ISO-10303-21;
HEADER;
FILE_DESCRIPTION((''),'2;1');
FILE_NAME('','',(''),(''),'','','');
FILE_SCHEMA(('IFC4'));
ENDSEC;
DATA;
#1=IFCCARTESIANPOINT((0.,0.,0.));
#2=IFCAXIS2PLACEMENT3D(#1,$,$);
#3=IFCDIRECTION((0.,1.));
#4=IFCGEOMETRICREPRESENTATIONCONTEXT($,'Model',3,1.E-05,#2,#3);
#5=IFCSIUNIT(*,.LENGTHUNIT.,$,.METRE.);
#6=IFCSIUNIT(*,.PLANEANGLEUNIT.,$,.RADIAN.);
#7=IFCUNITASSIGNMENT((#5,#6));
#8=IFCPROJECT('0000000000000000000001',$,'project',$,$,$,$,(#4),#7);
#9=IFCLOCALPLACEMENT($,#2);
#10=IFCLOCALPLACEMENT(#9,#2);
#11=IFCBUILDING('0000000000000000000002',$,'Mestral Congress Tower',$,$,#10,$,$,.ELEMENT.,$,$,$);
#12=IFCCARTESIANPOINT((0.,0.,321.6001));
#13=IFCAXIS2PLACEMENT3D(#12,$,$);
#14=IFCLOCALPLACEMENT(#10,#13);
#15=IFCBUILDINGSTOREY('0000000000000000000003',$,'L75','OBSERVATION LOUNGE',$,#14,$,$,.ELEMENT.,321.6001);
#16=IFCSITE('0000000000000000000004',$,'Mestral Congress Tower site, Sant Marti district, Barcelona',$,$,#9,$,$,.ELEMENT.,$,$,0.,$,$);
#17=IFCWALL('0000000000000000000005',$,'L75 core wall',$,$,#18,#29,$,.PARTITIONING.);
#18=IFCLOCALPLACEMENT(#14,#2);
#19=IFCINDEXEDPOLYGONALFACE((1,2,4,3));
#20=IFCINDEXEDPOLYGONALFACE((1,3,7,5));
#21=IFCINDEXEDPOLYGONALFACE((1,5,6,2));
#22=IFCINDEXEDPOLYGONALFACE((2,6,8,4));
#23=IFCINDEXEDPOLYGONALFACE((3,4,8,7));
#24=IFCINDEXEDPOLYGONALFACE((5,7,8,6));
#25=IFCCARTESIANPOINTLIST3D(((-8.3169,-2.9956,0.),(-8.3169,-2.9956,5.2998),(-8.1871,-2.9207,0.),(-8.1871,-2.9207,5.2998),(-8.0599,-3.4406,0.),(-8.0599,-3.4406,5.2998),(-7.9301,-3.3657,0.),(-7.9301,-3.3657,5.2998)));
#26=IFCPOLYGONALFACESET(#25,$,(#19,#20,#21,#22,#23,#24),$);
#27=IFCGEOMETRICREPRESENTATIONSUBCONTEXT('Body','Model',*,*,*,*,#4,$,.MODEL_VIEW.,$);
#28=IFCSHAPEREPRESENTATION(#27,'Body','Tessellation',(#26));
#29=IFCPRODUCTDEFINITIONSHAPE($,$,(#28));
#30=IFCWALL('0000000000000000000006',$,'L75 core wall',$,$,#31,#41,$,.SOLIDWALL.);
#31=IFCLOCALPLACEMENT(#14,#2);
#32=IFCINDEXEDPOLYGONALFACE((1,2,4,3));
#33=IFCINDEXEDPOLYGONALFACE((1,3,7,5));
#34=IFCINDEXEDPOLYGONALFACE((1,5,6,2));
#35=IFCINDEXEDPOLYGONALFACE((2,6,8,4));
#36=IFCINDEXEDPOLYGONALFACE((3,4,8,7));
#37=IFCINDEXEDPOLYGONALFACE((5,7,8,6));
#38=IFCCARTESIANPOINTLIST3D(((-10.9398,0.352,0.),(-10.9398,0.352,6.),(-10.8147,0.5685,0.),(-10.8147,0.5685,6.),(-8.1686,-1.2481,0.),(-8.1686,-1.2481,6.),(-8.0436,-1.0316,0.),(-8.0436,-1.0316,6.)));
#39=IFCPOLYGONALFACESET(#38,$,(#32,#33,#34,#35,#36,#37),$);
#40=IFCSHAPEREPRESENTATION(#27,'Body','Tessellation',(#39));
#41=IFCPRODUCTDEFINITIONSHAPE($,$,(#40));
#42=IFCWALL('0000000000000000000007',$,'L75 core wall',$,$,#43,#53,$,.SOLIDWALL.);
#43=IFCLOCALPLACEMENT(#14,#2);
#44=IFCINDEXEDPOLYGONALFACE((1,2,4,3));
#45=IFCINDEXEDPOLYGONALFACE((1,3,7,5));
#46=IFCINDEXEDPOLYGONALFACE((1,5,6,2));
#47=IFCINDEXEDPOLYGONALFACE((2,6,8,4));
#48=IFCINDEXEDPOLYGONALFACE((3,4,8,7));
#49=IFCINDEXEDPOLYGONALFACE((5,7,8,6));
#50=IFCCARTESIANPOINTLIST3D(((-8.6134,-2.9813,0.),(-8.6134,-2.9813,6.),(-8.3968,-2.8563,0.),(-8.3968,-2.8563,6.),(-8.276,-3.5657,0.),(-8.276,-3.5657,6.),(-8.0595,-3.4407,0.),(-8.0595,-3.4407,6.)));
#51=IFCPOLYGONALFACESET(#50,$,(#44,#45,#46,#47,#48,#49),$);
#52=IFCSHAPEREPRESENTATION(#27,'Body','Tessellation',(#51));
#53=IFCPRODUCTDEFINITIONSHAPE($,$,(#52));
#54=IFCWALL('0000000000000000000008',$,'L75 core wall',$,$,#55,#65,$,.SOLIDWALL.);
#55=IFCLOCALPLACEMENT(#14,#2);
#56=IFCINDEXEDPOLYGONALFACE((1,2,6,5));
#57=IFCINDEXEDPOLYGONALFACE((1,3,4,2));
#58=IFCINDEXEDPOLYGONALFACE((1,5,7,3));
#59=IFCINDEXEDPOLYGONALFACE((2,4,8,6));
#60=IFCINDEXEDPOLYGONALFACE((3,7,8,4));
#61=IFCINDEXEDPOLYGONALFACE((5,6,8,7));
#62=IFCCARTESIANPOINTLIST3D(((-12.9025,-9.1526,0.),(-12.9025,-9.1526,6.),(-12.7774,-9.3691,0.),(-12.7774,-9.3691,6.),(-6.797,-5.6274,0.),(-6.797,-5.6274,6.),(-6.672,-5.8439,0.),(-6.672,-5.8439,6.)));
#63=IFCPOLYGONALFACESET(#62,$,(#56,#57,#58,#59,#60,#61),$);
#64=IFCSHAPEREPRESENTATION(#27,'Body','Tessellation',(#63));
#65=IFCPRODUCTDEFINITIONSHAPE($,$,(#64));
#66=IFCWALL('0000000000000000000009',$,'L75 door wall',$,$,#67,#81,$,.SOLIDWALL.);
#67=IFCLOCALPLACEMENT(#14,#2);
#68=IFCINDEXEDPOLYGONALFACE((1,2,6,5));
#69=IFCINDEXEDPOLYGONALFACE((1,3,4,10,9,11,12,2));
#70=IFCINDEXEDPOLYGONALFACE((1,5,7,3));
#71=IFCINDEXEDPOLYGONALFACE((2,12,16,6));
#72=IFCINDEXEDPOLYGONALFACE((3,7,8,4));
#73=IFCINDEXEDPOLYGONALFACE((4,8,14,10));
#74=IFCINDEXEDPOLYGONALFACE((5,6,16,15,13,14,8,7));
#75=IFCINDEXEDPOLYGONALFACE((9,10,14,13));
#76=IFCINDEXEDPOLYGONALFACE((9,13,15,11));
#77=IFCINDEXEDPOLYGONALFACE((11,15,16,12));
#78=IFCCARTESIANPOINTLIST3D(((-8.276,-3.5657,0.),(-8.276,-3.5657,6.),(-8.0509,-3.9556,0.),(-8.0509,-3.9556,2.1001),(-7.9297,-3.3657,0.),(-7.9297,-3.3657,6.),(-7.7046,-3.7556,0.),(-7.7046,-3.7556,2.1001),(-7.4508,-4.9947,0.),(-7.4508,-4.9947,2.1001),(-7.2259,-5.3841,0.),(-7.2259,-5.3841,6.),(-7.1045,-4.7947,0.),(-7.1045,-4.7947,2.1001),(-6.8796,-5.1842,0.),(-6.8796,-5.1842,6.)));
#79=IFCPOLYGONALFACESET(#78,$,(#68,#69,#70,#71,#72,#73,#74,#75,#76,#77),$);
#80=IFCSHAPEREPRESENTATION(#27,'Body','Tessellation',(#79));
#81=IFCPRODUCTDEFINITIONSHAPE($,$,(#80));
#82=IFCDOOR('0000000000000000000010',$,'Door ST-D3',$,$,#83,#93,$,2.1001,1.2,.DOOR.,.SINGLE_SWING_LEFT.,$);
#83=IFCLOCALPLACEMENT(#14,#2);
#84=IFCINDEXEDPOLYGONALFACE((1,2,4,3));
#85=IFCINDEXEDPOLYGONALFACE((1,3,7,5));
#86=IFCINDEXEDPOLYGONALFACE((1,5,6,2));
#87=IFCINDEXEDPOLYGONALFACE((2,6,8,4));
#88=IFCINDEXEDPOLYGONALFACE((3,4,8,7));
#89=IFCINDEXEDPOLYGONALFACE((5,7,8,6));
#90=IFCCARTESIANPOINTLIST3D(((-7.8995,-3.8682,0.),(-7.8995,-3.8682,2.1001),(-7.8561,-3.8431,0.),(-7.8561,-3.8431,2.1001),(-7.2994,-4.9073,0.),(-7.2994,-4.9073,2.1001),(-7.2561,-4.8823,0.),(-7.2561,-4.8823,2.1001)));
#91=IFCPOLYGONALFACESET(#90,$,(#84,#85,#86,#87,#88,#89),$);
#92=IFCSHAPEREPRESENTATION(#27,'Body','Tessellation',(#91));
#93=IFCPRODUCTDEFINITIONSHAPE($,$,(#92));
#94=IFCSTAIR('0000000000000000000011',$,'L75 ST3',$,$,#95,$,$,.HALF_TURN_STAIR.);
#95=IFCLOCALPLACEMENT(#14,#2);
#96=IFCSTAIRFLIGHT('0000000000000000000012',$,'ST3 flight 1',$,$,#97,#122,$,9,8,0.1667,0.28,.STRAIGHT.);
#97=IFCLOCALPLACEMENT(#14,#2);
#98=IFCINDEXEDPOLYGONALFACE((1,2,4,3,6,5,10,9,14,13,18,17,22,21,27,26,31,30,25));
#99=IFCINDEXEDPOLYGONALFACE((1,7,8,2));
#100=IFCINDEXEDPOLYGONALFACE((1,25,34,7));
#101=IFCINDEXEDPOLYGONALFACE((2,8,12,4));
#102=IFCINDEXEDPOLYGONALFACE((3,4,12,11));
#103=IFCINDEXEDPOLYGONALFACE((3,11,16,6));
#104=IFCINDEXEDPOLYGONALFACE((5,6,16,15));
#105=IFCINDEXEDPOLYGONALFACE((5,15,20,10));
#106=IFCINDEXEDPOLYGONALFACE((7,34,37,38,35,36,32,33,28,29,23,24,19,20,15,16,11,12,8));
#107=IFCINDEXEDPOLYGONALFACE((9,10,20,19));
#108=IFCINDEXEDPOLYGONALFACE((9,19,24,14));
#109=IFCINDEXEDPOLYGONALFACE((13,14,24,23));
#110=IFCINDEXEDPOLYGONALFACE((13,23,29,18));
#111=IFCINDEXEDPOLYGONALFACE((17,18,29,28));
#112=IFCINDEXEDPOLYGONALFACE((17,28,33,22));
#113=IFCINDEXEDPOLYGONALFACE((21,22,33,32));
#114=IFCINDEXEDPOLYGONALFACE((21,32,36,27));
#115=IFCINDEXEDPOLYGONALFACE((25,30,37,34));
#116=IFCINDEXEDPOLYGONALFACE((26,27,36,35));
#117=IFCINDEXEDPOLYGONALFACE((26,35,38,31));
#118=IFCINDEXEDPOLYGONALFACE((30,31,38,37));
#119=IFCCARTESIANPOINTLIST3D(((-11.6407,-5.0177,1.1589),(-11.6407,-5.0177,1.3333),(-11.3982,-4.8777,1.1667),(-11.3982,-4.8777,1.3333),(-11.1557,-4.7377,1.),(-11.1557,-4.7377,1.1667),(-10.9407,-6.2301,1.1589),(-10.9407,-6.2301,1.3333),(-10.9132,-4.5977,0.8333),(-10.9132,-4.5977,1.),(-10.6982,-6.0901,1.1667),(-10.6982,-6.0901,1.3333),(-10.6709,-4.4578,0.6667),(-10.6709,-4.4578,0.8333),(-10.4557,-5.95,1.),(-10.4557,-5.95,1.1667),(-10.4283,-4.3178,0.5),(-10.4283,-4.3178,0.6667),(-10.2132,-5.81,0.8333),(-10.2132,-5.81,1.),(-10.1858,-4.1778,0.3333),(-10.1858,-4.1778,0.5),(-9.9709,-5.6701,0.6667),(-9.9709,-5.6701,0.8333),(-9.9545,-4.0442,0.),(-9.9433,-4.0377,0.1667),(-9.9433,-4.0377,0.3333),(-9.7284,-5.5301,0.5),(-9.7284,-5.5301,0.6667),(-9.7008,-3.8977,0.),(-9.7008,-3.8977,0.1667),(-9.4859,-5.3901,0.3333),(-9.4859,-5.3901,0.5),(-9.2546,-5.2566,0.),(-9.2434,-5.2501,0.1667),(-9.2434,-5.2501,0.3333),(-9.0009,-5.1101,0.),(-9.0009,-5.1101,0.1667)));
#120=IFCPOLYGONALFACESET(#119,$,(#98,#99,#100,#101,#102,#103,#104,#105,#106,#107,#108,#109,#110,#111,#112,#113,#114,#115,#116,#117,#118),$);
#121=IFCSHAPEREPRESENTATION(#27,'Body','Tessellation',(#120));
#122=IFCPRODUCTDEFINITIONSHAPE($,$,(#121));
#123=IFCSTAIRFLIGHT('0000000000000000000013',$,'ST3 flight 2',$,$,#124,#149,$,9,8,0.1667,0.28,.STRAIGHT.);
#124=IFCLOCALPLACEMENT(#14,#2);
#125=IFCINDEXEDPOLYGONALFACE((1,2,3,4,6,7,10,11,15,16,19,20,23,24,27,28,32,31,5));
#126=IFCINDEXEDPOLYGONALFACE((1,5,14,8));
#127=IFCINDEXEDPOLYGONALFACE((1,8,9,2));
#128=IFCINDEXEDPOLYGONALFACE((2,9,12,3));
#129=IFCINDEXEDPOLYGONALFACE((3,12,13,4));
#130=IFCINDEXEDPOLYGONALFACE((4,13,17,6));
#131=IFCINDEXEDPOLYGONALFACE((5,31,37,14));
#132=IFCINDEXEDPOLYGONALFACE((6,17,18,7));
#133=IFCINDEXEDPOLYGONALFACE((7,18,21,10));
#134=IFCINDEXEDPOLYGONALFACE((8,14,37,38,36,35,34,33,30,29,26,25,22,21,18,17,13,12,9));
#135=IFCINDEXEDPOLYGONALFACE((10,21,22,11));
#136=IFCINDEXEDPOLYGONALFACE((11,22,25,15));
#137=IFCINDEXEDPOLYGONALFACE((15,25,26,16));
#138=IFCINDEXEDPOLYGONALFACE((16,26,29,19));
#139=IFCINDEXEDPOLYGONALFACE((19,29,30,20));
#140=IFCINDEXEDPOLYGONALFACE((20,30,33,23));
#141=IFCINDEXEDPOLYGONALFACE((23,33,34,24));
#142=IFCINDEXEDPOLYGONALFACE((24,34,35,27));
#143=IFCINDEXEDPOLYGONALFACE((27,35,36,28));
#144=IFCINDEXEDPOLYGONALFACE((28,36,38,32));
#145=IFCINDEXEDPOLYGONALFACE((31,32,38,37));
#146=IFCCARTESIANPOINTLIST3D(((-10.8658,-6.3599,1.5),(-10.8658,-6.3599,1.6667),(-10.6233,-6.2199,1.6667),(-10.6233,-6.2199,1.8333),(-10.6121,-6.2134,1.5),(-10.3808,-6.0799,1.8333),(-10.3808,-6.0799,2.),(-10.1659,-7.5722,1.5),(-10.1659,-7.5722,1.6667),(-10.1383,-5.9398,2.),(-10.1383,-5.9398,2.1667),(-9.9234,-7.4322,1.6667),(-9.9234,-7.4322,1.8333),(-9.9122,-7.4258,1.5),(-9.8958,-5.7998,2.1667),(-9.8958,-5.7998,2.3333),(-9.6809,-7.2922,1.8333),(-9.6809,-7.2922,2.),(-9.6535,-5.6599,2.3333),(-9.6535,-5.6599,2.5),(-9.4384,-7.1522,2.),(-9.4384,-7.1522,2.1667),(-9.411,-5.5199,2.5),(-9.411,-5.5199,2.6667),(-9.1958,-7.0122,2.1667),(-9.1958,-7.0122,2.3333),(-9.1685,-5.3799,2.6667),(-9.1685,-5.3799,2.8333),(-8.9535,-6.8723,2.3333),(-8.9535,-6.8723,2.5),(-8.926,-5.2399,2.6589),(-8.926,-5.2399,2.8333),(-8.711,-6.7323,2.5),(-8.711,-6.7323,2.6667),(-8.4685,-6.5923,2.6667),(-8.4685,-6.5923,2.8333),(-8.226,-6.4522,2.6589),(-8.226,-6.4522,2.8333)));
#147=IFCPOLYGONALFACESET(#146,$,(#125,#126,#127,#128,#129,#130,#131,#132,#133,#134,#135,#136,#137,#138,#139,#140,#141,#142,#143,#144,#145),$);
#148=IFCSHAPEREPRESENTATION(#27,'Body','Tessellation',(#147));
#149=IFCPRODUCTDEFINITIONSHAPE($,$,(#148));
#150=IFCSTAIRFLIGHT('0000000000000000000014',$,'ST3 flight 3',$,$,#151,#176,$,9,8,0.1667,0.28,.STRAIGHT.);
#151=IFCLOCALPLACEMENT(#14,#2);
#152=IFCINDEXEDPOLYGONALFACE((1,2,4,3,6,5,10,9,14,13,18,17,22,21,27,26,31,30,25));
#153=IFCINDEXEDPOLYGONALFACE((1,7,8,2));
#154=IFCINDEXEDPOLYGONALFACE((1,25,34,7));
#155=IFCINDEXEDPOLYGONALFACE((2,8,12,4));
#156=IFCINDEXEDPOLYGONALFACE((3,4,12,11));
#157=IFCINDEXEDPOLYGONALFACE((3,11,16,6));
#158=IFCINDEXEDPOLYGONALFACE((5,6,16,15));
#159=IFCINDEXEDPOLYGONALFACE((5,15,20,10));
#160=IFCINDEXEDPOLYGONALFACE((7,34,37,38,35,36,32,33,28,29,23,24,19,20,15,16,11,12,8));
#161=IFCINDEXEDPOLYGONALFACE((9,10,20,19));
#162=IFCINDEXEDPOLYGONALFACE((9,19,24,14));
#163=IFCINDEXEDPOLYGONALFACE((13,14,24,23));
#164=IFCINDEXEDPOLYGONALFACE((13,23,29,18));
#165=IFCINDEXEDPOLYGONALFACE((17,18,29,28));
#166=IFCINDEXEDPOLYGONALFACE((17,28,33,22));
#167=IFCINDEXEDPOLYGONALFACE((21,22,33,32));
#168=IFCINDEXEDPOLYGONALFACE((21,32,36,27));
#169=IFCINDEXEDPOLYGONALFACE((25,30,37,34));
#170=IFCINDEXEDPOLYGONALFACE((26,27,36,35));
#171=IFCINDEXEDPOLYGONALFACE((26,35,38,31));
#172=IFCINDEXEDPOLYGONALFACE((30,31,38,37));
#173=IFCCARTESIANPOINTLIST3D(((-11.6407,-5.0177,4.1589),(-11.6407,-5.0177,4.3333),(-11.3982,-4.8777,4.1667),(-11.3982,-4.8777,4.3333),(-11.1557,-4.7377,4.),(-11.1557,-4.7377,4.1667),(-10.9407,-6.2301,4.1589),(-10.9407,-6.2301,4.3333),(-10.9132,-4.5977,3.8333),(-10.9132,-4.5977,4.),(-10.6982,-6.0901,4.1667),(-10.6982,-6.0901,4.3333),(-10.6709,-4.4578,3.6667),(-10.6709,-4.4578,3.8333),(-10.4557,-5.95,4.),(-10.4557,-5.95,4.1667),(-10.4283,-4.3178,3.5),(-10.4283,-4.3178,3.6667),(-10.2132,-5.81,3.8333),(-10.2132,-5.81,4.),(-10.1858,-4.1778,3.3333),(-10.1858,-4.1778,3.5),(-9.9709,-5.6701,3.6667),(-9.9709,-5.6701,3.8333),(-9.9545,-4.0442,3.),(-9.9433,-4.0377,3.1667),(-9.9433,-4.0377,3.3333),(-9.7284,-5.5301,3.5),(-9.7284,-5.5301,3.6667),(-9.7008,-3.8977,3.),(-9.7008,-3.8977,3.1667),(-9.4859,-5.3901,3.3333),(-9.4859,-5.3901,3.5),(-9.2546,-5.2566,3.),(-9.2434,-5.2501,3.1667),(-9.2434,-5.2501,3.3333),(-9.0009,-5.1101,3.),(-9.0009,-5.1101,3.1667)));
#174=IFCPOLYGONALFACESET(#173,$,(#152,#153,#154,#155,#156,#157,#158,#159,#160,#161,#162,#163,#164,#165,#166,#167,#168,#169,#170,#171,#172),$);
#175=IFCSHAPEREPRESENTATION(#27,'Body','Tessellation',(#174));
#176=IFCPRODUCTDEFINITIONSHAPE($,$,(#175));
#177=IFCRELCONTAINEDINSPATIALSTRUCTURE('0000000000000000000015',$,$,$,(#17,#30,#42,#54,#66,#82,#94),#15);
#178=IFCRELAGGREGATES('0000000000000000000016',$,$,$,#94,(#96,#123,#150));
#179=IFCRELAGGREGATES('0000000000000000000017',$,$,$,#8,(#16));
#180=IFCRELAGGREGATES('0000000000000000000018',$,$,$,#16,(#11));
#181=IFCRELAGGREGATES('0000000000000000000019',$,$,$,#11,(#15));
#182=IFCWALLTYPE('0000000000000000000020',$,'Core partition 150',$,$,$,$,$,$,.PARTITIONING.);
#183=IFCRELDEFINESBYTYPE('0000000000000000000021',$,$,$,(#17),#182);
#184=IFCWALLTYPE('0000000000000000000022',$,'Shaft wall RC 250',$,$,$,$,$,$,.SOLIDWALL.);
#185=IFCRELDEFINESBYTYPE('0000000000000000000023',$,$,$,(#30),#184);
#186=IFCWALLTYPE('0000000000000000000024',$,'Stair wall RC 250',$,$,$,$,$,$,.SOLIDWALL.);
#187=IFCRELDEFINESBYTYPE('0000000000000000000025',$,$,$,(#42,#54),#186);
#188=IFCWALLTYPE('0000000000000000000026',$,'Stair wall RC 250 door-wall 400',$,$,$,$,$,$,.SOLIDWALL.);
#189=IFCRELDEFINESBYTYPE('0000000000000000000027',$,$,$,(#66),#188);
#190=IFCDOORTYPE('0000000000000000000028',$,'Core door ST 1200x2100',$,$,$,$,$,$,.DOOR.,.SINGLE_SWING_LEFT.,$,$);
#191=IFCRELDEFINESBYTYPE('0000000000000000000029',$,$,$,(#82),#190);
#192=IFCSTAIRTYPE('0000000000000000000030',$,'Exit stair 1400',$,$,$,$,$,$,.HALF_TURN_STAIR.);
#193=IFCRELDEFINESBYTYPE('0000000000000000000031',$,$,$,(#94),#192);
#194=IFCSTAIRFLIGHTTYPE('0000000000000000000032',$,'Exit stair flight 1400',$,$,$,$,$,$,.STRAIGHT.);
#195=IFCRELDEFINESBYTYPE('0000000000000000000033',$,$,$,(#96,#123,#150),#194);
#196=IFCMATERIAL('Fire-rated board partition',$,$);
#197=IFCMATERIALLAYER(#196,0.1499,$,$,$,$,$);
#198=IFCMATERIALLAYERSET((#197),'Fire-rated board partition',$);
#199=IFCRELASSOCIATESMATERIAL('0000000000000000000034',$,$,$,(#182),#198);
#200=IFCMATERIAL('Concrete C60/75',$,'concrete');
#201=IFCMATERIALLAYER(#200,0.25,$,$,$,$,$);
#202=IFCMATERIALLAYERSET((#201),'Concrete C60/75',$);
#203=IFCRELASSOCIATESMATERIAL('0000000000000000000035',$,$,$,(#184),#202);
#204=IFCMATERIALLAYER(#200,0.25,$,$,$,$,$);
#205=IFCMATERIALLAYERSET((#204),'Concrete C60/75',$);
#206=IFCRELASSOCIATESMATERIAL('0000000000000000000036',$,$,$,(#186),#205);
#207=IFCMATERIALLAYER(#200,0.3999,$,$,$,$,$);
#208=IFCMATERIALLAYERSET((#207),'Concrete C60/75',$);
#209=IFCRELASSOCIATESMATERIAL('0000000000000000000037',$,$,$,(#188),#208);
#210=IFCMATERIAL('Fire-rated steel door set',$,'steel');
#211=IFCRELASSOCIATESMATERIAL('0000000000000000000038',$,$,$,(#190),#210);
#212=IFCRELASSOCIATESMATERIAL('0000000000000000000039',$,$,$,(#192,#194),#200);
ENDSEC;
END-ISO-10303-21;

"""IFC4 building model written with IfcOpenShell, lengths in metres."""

from ifc_helpers import new_model, si_unit, direction, frame, frame_2d, origin, place, context, subcontext, project, spatial, polyline, rectangle, outline, extrude, material, layer, layer_set, type_object, element, fill, aggregate, save


model = new_model("IFC4")

# Units and contexts
model_context = context("Model", 3, precision=1e-05, world=origin(), true_north=direction((0.0, 1.0)))
body_context = subcontext(model_context, "Body", "Model", "MODEL_VIEW")
ifc_project = project(units=[si_unit("LENGTHUNIT", "METRE"), si_unit("PLANEANGLEUNIT", "RADIAN")], contexts=[model_context])

# Site, building, storey
site_placement = place(None, origin())
site = spatial("IfcSite", under=ifc_project, at=site_placement, Name="Mestral Congress Tower site, Sant Marti district, Barcelona", CompositionType="ELEMENT", RefElevation=0.0)
building_placement = place(site_placement, origin())
building = spatial("IfcBuilding", under=site, at=building_placement, Name="Mestral Congress Tower", CompositionType="ELEMENT")
storey_placement = place(building_placement, frame((0.0, 0.0, 321.6001)))
storey = spatial("IfcBuildingStorey", under=building, at=storey_placement, Name="L75", Description="OBSERVATION LOUNGE", CompositionType="ELEMENT", Elevation=321.6001)

# Walls
ifc_material_1 = material(Name="Fire-rated board partition")
ifc_layer_1 = layer(ifc_material_1, 0.1499)
ifc_layer_set_1 = layer_set([ifc_layer_1], Name="Fire-rated board partition")
wall_type_1 = type_object("IfcWallType", Name="Core partition 150", PredefinedType="PARTITIONING", material=ifc_layer_set_1)
wall_1_placement = place(storey_placement, frame((-8.252, -2.9583, 0.0), z_axis=(0.0, 0.0, 1.0), x_axis=(0.500175, -0.865925, 0.0)))
element("IfcWall", 1, at=wall_1_placement, inside=storey, type_object=wall_type_1, Name="L75 core wall", PredefinedType="PARTITIONING", context=body_context, shape_type="SweptSolid", body=[
    extrude(rectangle(XDim=0.5139, YDim=0.1499, at=frame_2d((0.2568, 0.0))), origin(), (0.0, 0.0, 1.0), 5.2998),
])
ifc_material_2 = material(Name="Concrete C60/75", Category="concrete")
ifc_layer_2 = layer(ifc_material_2, 0.25)
ifc_layer_set_2 = layer_set([ifc_layer_2], Name="Concrete C60/75")
wall_type_2 = type_object("IfcWallType", Name="Shaft wall RC 250", PredefinedType="SOLIDWALL", material=ifc_layer_set_2)
wall_2_placement = place(storey_placement, frame((-8.106, -1.1399, 0.0), z_axis=(0.0, 0.0, 1.0), x_axis=(-0.866009, 0.500028, 0.0)))
element("IfcWall", 2, at=wall_2_placement, inside=storey, type_object=wall_type_2, Name="L75 core wall", PredefinedType="SOLIDWALL", context=body_context, shape_type="SweptSolid", body=[
    extrude(rectangle(XDim=3.2, YDim=0.25, at=frame_2d((1.6001, 0.0))), origin(), (0.0, 0.0, 1.0), 6.0),
])
ifc_layer_3 = layer(ifc_material_2, 0.25)
ifc_layer_set_3 = layer_set([ifc_layer_3], Name="Concrete C60/75")
wall_type_3 = type_object("IfcWallType", Name="Stair wall RC 250", PredefinedType="SOLIDWALL", material=ifc_layer_set_3)
wall_3_placement = place(storey_placement, frame((-8.1677, -3.5032, 0.0), z_axis=(0.0, 0.0, 1.0), x_axis=(-0.499952, 0.866053, 0.0)))
element("IfcWall", 3, at=wall_3_placement, inside=storey, type_object=wall_type_3, Name="L75 core wall", PredefinedType="SOLIDWALL", context=body_context, shape_type="SweptSolid", body=[
    extrude(rectangle(XDim=0.6748, YDim=0.25, at=frame_2d((0.3374, 0.0))), origin(), (0.0, 0.0, 1.0), 6.0),
])
wall_4_placement = place(storey_placement, frame((-12.8398, -9.2607, 0.0), z_axis=(0.0, 0.0, 1.0), x_axis=(0.866016, 0.500016, 0.0)))
element("IfcWall", 4, at=wall_4_placement, inside=storey, type_object=wall_type_3, Name="L75 core wall", PredefinedType="SOLIDWALL", context=body_context, shape_type="SweptSolid", body=[
    extrude(rectangle(XDim=7.05, YDim=0.25, at=frame_2d((3.5249, 0.0))), origin(), (0.0, 0.0, 1.0), 6.0),
])

# Wall, opening, door
ifc_layer_4 = layer(ifc_material_2, 0.3999)
ifc_layer_set_4 = layer_set([ifc_layer_4], Name="Concrete C60/75")
wall_type_4 = type_object("IfcWallType", Name="Stair wall RC 250 door-wall 400", PredefinedType="SOLIDWALL", material=ifc_layer_set_4)
wall_5_placement = place(storey_placement, frame((-8.1028, -3.4658, 0.0), z_axis=(0.0, 0.0, 1.0), x_axis=(0.500078, -0.86598, 0.0)))
wall_5 = element("IfcWall", 5, at=wall_5_placement, inside=storey, type_object=wall_type_4, Name="L75 door wall", PredefinedType="SOLIDWALL", context=body_context, shape_type="SweptSolid", body=[
    extrude(rectangle(XDim=2.0999, YDim=0.3999, at=frame_2d((1.0498, 0.0))), origin(), (0.0, 0.0, 1.0), 6.0),
])
opening_placement = place(wall_5_placement, frame((0.45, 0.0, 0.0)))
opening = element("IfcOpeningElement", 6, at=opening_placement, cuts=wall_5, PredefinedType="OPENING", context=body_context, shape_type="SweptSolid", body=[
    extrude(rectangle(XDim=1.2, YDim=2.1001, at=frame_2d((0.6001, 1.05))), frame((0.0, 0.21, 0.0), z_axis=(0.0, -1.0, 0.0), x_axis=(1.0, 0.0, 0.0)), (0.0, 0.0, 1.0), 0.4199),
])
ifc_material_3 = material(Name="Fire-rated steel door set", Category="steel")
door_type = type_object("IfcDoorType", Name="Core door ST 1200x2100", OperationType="SINGLE_SWING_LEFT", PredefinedType="DOOR", material=ifc_material_3)
door_placement = place(opening_placement, origin())
door = element("IfcDoor", 7, at=door_placement, inside=storey, type_object=door_type, Name="Door ST-D3", OperationType="SINGLE_SWING_LEFT", OverallHeight=2.1001, OverallWidth=1.2, PredefinedType="DOOR", context=body_context, shape_type="SweptSolid", body=[
    extrude(rectangle(XDim=1.2, YDim=2.1001, at=frame_2d((0.6001, 1.05))), frame((0.0, 0.0249, 0.0), z_axis=(0.0, -1.0, 0.0), x_axis=(1.0, 0.0, 0.0)), (0.0, 0.0, 1.0), 0.05),
])
fill(opening, door)

# Stair, stair flights
stair_type = type_object("IfcStairType", Name="Exit stair 1400", PredefinedType="HALF_TURN_STAIR", material=ifc_material_2)
stair_placement = place(storey_placement, origin())
stair = element("IfcStair", 8, at=stair_placement, inside=storey, type_object=stair_type, Name="L75 ST3", PredefinedType="HALF_TURN_STAIR")
stair_flight_type = type_object("IfcStairFlightType", Name="Exit stair flight 1400", PredefinedType="STRAIGHT", material=ifc_material_2)
stair_flight_1_placement = place(storey_placement, frame((-9.3508, -4.5039, 0.0), z_axis=(0.0, 0.0, 1.0), x_axis=(-0.866025, -0.5, 0.0)))
stair_flight_1 = element("IfcStairFlight", 9, at=stair_flight_1_placement, type_object=stair_flight_type, Name="ST3 flight 1", NumberOfRisers=9, NumberOfTreads=8, PredefinedType="STRAIGHT", RiserHeight=0.1667, TreadLength=0.28, context=body_context, shape_type="SweptSolid", body=[
    extrude(outline(polyline([(0.0, 0.0), (0.0, 0.1667), (0.28, 0.1667), (0.28, 0.3333), (0.5601, 0.3333), (0.5601, 0.5), (0.8401, 0.5), (0.8401, 0.6667), (1.1201, 0.6667), (1.1201, 0.8333), (1.3999, 0.8333), (1.3999, 1.0), (1.6799, 1.0), (1.6799, 1.1667), (1.96, 1.1667), (1.96, 1.3333), (2.24, 1.3333), (2.24, 1.5), (2.24, 1.1589), (0.293, 0.0), (0.0, 0.0)])), frame((0.0, 0.7, 0.0), z_axis=(0.0, -1.0, 0.0), x_axis=(1.0, 0.0, 0.0)), (0.0, 0.0, 1.0), 1.3999),
])
stair_flight_2_placement = place(storey_placement, frame((-10.5159, -6.9661, 1.5), z_axis=(0.0, 0.0, 1.0), x_axis=(0.866025, 0.5, 0.0)))
stair_flight_2 = element("IfcStairFlight", 10, at=stair_flight_2_placement, type_object=stair_flight_type, Name="ST3 flight 2", NumberOfRisers=9, NumberOfTreads=8, PredefinedType="STRAIGHT", RiserHeight=0.1667, TreadLength=0.28, context=body_context, shape_type="SweptSolid", body=[
    extrude(outline(polyline([(0.0, 0.0), (0.0, 0.1667), (0.28, 0.1667), (0.28, 0.3333), (0.5601, 0.3333), (0.5601, 0.5), (0.8401, 0.5), (0.8401, 0.6667), (1.1201, 0.6667), (1.1201, 0.8333), (1.3999, 0.8333), (1.3999, 1.0), (1.6799, 1.0), (1.6799, 1.1667), (1.96, 1.1667), (1.96, 1.3333), (2.24, 1.3333), (2.24, 1.5), (2.24, 1.1589), (0.293, 0.0), (0.0, 0.0)])), frame((0.0, 0.7, 0.0), z_axis=(0.0, -1.0, 0.0), x_axis=(1.0, 0.0, 0.0)), (0.0, 0.0, 1.0), 1.3999),
])
stair_flight_3_placement = place(storey_placement, frame((-9.3508, -4.5039, 3.0), z_axis=(0.0, 0.0, 1.0), x_axis=(-0.866025, -0.5, 0.0)))
stair_flight_3 = element("IfcStairFlight", 11, at=stair_flight_3_placement, type_object=stair_flight_type, Name="ST3 flight 3", NumberOfRisers=9, NumberOfTreads=8, PredefinedType="STRAIGHT", RiserHeight=0.1667, TreadLength=0.28, context=body_context, shape_type="SweptSolid", body=[
    extrude(outline(polyline([(0.0, 0.0), (0.0, 0.1667), (0.28, 0.1667), (0.28, 0.3333), (0.5601, 0.3333), (0.5601, 0.5), (0.8401, 0.5), (0.8401, 0.6667), (1.1201, 0.6667), (1.1201, 0.8333), (1.3999, 0.8333), (1.3999, 1.0), (1.6799, 1.0), (1.6799, 1.1667), (1.96, 1.1667), (1.96, 1.3333), (2.24, 1.3333), (2.24, 1.5), (2.24, 1.1589), (0.293, 0.0), (0.0, 0.0)])), frame((0.0, 0.7, 0.0), z_axis=(0.0, -1.0, 0.0), x_axis=(1.0, 0.0, 0.0)), (0.0, 0.0, 1.0), 1.3999),
])
aggregate(stair, [stair_flight_1, stair_flight_2, stair_flight_3])

save(model, "model.ifc")
